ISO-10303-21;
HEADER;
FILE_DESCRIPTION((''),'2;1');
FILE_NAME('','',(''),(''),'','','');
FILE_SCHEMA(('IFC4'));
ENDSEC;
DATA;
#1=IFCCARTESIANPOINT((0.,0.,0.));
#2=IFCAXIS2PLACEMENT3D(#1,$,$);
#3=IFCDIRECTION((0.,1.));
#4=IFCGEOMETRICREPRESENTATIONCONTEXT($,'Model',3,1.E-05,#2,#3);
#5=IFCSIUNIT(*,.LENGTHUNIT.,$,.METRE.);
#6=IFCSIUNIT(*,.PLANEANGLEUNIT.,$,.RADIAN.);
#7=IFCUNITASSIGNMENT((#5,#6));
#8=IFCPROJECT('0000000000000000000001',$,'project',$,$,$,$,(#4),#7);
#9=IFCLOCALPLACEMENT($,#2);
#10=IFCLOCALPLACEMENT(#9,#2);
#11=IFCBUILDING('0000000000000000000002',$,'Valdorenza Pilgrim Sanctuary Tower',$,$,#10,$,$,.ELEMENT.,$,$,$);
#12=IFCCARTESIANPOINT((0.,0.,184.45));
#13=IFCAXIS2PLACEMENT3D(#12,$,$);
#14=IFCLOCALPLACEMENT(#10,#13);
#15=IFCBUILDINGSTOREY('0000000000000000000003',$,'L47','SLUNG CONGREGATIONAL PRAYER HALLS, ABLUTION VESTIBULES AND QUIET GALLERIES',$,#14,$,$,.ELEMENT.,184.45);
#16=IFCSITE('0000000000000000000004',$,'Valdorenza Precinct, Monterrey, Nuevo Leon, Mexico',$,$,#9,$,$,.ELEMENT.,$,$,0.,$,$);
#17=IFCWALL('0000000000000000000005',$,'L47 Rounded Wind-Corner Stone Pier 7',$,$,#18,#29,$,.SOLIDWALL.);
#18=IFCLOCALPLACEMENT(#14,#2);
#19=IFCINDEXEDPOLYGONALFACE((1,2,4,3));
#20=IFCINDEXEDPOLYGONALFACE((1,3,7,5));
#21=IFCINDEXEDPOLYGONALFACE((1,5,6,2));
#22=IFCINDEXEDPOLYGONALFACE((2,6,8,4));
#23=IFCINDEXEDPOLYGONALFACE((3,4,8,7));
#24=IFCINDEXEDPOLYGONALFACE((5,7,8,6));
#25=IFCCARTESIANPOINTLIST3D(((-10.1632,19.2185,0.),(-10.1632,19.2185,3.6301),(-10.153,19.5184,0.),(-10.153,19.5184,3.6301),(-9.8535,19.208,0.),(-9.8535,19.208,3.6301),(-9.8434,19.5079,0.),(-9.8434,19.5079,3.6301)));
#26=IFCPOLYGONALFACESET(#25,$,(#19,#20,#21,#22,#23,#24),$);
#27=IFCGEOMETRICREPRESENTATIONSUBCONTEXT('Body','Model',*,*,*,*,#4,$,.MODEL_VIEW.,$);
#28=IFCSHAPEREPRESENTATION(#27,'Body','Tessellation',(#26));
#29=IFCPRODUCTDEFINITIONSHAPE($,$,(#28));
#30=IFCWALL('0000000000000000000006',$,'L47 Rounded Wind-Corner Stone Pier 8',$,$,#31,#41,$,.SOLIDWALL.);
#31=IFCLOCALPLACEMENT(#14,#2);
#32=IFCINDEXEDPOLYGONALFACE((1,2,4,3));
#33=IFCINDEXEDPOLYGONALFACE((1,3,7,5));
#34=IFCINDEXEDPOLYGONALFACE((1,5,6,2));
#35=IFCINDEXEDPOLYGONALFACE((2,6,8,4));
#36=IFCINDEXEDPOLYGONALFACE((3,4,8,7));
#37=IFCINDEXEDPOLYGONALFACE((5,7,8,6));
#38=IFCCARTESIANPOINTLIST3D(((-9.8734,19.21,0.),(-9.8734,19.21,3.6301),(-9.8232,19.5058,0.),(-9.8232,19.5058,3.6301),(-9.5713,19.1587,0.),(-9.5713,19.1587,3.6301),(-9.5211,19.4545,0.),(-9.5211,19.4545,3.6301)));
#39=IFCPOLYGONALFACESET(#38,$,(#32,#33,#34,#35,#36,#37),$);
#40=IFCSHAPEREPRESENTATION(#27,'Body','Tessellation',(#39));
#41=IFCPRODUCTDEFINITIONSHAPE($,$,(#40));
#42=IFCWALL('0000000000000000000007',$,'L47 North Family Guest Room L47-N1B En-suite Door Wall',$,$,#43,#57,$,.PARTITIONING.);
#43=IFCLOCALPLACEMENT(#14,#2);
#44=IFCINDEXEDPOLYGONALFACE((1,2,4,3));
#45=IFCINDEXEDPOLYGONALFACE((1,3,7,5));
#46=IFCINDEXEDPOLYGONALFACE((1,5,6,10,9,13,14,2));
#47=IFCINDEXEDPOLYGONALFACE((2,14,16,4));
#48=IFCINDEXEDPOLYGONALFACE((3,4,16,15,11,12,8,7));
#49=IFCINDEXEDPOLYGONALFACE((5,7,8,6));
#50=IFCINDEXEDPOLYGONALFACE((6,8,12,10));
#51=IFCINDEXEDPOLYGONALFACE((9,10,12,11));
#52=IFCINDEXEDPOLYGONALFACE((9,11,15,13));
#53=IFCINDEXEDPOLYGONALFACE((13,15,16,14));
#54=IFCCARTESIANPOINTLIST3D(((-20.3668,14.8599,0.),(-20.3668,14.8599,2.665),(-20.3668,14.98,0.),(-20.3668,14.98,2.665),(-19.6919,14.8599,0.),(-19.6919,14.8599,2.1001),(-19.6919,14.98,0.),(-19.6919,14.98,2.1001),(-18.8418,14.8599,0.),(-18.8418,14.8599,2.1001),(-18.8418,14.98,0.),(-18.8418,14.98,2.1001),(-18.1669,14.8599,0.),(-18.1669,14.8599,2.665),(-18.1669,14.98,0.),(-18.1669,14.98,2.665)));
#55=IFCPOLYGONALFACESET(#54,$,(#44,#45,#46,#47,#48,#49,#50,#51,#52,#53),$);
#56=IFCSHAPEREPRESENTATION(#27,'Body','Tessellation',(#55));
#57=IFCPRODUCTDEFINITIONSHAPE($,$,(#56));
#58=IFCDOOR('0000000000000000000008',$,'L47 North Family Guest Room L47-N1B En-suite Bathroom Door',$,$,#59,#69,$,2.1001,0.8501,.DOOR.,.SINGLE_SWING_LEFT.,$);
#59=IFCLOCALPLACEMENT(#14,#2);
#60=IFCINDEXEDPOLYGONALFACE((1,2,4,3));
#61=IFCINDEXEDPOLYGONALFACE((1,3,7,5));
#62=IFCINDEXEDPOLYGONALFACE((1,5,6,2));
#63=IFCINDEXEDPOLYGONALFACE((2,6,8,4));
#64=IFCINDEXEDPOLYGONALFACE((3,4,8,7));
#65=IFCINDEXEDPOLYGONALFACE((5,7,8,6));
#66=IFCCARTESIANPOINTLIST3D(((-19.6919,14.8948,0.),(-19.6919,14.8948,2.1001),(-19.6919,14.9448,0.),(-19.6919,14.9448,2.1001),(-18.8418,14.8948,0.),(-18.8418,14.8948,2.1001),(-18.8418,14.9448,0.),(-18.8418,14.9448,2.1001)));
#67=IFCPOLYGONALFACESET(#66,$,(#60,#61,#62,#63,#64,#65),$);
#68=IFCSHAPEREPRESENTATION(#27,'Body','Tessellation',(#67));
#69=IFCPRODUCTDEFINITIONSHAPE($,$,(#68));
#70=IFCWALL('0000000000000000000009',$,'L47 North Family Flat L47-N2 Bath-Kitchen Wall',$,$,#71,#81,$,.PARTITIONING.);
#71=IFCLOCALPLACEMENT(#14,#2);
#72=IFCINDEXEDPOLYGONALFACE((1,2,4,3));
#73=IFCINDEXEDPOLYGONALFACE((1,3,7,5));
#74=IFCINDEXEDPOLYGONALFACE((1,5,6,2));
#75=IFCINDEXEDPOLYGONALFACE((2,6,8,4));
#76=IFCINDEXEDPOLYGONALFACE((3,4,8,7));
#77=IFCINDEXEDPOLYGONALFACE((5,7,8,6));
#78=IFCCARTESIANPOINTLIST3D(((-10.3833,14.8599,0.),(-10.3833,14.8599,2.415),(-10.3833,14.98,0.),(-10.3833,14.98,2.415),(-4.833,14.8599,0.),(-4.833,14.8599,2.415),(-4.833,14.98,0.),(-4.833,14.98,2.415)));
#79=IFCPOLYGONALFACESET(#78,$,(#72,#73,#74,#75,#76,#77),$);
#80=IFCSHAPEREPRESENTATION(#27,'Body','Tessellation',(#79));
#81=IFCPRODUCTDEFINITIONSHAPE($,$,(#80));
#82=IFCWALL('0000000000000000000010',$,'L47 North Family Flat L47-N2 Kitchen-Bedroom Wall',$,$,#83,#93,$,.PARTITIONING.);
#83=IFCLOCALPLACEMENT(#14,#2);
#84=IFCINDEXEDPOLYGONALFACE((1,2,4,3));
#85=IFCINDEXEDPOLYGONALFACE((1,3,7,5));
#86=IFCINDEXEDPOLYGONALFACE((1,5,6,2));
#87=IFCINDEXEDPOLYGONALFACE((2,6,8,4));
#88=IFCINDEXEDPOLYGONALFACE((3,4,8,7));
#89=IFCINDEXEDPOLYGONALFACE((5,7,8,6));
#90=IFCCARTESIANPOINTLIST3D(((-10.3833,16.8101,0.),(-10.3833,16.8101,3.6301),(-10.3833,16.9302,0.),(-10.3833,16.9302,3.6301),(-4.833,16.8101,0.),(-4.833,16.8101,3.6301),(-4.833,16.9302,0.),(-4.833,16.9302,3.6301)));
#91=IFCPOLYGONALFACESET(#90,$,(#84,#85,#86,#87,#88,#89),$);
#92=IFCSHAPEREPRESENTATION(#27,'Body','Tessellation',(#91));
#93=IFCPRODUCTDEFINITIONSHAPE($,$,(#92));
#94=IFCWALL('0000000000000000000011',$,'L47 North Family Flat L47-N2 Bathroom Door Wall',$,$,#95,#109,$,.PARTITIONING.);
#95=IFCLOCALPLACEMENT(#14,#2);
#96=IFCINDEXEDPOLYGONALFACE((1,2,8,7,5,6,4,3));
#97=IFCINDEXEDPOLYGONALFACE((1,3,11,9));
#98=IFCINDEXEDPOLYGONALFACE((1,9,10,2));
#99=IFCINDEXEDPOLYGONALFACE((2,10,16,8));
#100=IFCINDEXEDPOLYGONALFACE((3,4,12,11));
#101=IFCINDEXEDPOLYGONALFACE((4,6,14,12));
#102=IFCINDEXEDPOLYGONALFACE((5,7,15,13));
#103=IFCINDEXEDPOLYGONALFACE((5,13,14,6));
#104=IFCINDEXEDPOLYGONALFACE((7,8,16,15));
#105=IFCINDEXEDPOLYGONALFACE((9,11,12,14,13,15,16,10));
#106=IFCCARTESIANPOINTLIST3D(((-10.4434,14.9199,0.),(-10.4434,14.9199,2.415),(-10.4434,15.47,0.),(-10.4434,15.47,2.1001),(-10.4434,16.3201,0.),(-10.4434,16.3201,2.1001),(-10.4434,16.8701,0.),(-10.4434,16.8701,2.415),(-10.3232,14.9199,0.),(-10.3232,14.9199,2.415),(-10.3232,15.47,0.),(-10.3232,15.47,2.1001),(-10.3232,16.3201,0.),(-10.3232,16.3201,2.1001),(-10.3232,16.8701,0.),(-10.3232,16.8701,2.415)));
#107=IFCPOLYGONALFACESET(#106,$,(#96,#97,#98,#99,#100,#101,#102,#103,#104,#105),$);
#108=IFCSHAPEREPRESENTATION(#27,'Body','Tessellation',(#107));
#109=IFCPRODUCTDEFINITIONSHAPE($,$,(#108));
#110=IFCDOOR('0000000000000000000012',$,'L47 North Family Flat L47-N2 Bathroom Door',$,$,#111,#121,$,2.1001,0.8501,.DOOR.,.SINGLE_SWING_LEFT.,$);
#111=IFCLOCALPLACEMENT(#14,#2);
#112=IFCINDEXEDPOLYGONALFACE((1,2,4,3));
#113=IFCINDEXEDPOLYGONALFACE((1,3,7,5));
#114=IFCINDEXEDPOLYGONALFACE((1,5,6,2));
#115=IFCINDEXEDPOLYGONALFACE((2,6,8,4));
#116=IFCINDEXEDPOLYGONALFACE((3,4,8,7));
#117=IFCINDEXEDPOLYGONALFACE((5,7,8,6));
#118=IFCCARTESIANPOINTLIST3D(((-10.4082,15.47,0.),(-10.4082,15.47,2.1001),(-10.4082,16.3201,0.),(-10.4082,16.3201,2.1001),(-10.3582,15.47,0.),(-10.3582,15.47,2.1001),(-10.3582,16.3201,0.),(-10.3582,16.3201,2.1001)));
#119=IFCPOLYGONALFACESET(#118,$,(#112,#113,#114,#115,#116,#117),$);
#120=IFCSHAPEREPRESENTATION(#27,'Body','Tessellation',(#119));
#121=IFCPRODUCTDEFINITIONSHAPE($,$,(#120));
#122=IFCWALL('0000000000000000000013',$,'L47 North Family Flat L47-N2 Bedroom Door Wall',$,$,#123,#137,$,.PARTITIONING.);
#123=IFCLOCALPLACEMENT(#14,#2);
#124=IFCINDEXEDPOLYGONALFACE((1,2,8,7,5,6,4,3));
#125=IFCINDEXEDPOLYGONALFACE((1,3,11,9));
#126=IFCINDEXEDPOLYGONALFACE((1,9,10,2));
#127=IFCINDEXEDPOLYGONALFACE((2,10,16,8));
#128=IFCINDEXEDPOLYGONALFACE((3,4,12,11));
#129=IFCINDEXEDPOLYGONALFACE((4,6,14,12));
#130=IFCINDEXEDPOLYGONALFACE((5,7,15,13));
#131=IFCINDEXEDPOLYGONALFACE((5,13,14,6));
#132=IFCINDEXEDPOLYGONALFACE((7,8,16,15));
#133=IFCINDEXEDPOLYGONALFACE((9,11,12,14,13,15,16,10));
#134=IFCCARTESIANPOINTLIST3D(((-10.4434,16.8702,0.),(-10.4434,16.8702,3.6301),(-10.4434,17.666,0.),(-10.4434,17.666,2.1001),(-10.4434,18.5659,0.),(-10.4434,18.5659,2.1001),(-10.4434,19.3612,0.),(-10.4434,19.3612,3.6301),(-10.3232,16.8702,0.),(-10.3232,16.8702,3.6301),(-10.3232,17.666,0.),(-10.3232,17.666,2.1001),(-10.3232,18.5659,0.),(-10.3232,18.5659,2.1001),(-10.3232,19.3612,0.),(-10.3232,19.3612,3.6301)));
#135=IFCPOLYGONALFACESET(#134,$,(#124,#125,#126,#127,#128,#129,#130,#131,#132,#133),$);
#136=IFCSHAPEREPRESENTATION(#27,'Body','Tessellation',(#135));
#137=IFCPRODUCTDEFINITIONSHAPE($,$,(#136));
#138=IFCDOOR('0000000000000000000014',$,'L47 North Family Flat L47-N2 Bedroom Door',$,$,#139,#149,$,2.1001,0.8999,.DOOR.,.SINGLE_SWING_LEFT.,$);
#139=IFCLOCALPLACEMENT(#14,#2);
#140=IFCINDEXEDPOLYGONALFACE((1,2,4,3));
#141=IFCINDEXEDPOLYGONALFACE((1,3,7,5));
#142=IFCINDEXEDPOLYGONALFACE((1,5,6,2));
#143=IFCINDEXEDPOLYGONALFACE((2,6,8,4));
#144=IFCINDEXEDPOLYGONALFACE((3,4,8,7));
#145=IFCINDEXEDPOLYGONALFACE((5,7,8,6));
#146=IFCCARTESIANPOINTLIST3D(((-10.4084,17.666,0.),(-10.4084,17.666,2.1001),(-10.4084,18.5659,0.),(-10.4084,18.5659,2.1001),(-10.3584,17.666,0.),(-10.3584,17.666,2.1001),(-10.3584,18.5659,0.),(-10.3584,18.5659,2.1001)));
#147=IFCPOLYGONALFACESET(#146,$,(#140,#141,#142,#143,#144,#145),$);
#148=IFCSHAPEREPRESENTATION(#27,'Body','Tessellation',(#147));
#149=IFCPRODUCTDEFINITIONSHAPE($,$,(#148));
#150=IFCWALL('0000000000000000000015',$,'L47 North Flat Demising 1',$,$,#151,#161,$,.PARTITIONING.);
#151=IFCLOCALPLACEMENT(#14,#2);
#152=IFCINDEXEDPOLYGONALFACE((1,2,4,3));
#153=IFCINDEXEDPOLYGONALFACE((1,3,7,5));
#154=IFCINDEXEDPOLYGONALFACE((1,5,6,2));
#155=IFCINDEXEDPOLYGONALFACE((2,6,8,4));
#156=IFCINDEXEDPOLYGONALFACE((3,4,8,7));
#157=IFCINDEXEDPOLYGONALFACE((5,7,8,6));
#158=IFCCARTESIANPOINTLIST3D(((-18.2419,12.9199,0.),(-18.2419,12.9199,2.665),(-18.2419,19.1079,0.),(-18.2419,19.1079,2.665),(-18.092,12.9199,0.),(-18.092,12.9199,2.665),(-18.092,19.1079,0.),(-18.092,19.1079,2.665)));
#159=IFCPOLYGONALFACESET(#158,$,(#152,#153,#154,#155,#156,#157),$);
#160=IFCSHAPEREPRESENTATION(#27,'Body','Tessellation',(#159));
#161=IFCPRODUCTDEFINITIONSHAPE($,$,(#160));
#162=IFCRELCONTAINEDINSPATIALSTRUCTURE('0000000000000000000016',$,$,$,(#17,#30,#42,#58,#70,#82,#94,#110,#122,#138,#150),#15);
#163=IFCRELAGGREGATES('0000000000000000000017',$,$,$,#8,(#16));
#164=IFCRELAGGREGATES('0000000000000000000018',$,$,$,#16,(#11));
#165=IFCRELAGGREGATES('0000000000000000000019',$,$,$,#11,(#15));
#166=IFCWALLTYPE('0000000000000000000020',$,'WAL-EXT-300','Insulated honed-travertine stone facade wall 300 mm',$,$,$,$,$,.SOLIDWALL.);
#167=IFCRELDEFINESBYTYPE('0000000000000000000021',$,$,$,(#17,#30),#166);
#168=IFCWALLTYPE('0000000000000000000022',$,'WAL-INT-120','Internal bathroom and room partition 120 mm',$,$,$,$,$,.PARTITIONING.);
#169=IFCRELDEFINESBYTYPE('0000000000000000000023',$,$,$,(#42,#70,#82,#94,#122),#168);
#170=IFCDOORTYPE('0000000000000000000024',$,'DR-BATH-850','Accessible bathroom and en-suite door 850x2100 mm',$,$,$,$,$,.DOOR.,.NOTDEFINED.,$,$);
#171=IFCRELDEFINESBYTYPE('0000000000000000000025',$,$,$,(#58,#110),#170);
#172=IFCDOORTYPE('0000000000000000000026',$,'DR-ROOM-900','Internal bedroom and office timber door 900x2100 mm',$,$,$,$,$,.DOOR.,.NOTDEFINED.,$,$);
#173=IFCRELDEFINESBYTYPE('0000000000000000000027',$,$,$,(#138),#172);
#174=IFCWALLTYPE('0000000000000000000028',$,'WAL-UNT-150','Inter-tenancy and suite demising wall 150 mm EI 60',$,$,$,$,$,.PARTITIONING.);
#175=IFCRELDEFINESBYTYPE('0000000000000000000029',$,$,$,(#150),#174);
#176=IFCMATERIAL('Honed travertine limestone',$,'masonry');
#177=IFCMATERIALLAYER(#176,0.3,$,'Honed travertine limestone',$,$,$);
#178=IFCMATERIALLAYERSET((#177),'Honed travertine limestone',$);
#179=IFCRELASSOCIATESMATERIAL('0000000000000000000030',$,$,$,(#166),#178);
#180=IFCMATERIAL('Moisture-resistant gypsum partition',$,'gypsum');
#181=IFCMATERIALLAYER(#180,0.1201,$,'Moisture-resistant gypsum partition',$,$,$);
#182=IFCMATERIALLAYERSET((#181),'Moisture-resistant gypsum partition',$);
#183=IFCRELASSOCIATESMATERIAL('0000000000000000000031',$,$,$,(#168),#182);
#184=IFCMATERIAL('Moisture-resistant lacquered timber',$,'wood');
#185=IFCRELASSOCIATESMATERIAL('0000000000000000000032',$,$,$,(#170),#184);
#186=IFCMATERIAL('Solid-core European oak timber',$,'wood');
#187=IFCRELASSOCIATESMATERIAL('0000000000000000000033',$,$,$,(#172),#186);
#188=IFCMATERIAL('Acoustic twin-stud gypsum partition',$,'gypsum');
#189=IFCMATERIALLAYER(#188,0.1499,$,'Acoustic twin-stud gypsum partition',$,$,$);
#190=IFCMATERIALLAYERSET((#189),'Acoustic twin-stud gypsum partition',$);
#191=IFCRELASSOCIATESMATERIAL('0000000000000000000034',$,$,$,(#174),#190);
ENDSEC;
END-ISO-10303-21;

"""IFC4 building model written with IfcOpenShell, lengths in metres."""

from ifc_helpers import new_model, si_unit, direction, frame, frame_2d, origin, place, context, subcontext, project, spatial, rectangle, extrude, material, layer, layer_set, type_object, element, fill, save


model = new_model("IFC4")

# Units and contexts
model_context = context("Model", 3, precision=1e-05, world=origin(), true_north=direction((0.0, 1.0)))
body_context = subcontext(model_context, "Body", "Model", "MODEL_VIEW")
ifc_project = project(units=[si_unit("LENGTHUNIT", "METRE"), si_unit("PLANEANGLEUNIT", "RADIAN")], contexts=[model_context])

# Site, building, storey
site_placement = place(None, origin())
site = spatial("IfcSite", under=ifc_project, at=site_placement, Name="Valdorenza Precinct, Monterrey, Nuevo Leon, Mexico", CompositionType="ELEMENT", RefElevation=0.0)
building_placement = place(site_placement, origin())
building = spatial("IfcBuilding", under=site, at=building_placement, Name="Valdorenza Pilgrim Sanctuary Tower", CompositionType="ELEMENT")
storey_placement = place(building_placement, frame((0.0, 0.0, 184.45)))
storey = spatial("IfcBuildingStorey", under=building, at=storey_placement, Name="L47", Description="SLUNG CONGREGATIONAL PRAYER HALLS, ABLUTION VESTIBULES AND QUIET GALLERIES", CompositionType="ELEMENT", Elevation=184.45)

# Shared definitions
ifc_material_1 = material(Name="Honed travertine limestone", Category="masonry")

# Walls
ifc_layer_1 = layer(ifc_material_1, 0.3, Name="Honed travertine limestone")
ifc_layer_set_1 = layer_set([ifc_layer_1], Name="Honed travertine limestone")
wall_type_1 = type_object("IfcWallType", Name="WAL-EXT-300", Description="Insulated honed-travertine stone facade wall 300 mm", PredefinedType="SOLIDWALL", material=ifc_layer_set_1)
wall_1_placement = place(storey_placement, frame((-10.158, 19.3684, 0.0), z_axis=(0.0, 0.0, 1.0), x_axis=(0.999425, -0.033892, 0.0)))
element("IfcWall", 1, at=wall_1_placement, inside=storey, type_object=wall_type_1, Name="L47 Rounded Wind-Corner Stone Pier 7", PredefinedType="SOLIDWALL", context=body_context, shape_type="SweptSolid", body=[
    extrude(rectangle(XDim=0.3098, YDim=0.3, at=frame_2d((0.1548, 0.0))), origin(), (0.0, 0.0, 1.0), 3.6301),
])
wall_2_placement = place(storey_placement, frame((-9.8484, 19.3579, 0.0), z_axis=(0.0, 0.0, 1.0), x_axis=(0.985894, -0.167371, 0.0)))
element("IfcWall", 2, at=wall_2_placement, inside=storey, type_object=wall_type_1, Name="L47 Rounded Wind-Corner Stone Pier 8", PredefinedType="SOLIDWALL", context=body_context, shape_type="SweptSolid", body=[
    extrude(rectangle(XDim=0.3064, YDim=0.3, at=frame_2d((0.1533, 0.0))), origin(), (0.0, 0.0, 1.0), 3.6301),
])

# Wall, opening, door
ifc_material_2 = material(Name="Moisture-resistant gypsum partition", Category="gypsum")
ifc_layer_2 = layer(ifc_material_2, 0.1201, Name="Moisture-resistant gypsum partition")
ifc_layer_set_2 = layer_set([ifc_layer_2], Name="Moisture-resistant gypsum partition")
wall_type_2 = type_object("IfcWallType", Name="WAL-INT-120", Description="Internal bathroom and room partition 120 mm", PredefinedType="PARTITIONING", material=ifc_layer_set_2)
wall_3_placement = place(storey_placement, frame((-20.3669, 14.9199, 0.0), z_axis=(0.0, 0.0, 1.0), x_axis=(1.0, 0.0, 0.0)))
wall_3 = element("IfcWall", 3, at=wall_3_placement, inside=storey, type_object=wall_type_2, Name="L47 North Family Guest Room L47-N1B En-suite Door Wall", PredefinedType="PARTITIONING", context=body_context, shape_type="SweptSolid", body=[
    extrude(rectangle(XDim=2.2, YDim=0.1201, at=frame_2d((1.1001, 0.0))), origin(), (0.0, 0.0, 1.0), 2.665),
])
opening_1_placement = place(wall_3_placement, frame((0.675, 0.0, 0.0)))
opening_1 = element("IfcOpeningElement", 4, at=opening_1_placement, cuts=wall_3, PredefinedType="OPENING", context=body_context, shape_type="SweptSolid", body=[
    extrude(rectangle(XDim=0.8501, YDim=2.1001, at=frame_2d((0.425, 1.05))), frame((0.0, 0.075, 0.0), z_axis=(0.0, -1.0, 0.0), x_axis=(1.0, 0.0, 0.0)), (0.0, 0.0, 1.0), 0.1499),
])
ifc_material_3 = material(Name="Moisture-resistant lacquered timber", Category="wood")
door_type_1 = type_object("IfcDoorType", Name="DR-BATH-850", Description="Accessible bathroom and en-suite door 850x2100 mm", OperationType="NOTDEFINED", PredefinedType="DOOR", material=ifc_material_3)
door_1_placement = place(opening_1_placement, origin())
door_1 = element("IfcDoor", 5, at=door_1_placement, inside=storey, type_object=door_type_1, Name="L47 North Family Guest Room L47-N1B En-suite Bathroom Door", OperationType="SINGLE_SWING_LEFT", OverallHeight=2.1001, OverallWidth=0.8501, PredefinedType="DOOR", context=body_context, shape_type="SweptSolid", body=[
    extrude(rectangle(XDim=0.8501, YDim=2.1001, at=frame_2d((0.425, 1.05))), frame((0.0, 0.0249, 0.0), z_axis=(0.0, -1.0, 0.0), x_axis=(1.0, 0.0, 0.0)), (0.0, 0.0, 1.0), 0.05),
])
fill(opening_1, door_1)

# Walls
wall_4_placement = place(storey_placement, frame((-10.3833, 14.9199, 0.0), z_axis=(0.0, 0.0, 1.0), x_axis=(1.0, 0.0, 0.0)))
element("IfcWall", 6, at=wall_4_placement, inside=storey, type_object=wall_type_2, Name="L47 North Family Flat L47-N2 Bath-Kitchen Wall", PredefinedType="PARTITIONING", context=body_context, shape_type="SweptSolid", body=[
    extrude(rectangle(XDim=5.5503, YDim=0.1201, at=frame_2d((2.7751, 0.0))), origin(), (0.0, 0.0, 1.0), 2.415),
])
wall_5_placement = place(storey_placement, frame((-10.3833, 16.8701, 0.0), z_axis=(0.0, 0.0, 1.0), x_axis=(1.0, 0.0, 0.0)))
element("IfcWall", 7, at=wall_5_placement, inside=storey, type_object=wall_type_2, Name="L47 North Family Flat L47-N2 Kitchen-Bedroom Wall", PredefinedType="PARTITIONING", context=body_context, shape_type="SweptSolid", body=[
    extrude(rectangle(XDim=5.5503, YDim=0.1201, at=frame_2d((2.7751, 0.0))), origin(), (0.0, 0.0, 1.0), 3.6301),
])

# Walls, openings, doors
wall_6_placement = place(storey_placement, frame((-10.3833, 14.9199, 0.0), z_axis=(0.0, 0.0, 1.0), x_axis=(0.0, 1.0, 0.0)))
wall_6 = element("IfcWall", 8, at=wall_6_placement, inside=storey, type_object=wall_type_2, Name="L47 North Family Flat L47-N2 Bathroom Door Wall", PredefinedType="PARTITIONING", context=body_context, shape_type="SweptSolid", body=[
    extrude(rectangle(XDim=1.9502, YDim=0.1201, at=frame_2d((0.9751, 0.0))), origin(), (0.0, 0.0, 1.0), 2.415),
])
opening_2_placement = place(wall_6_placement, frame((0.55, 0.0, 0.0)))
opening_2 = element("IfcOpeningElement", 9, at=opening_2_placement, cuts=wall_6, PredefinedType="OPENING", context=body_context, shape_type="SweptSolid", body=[
    extrude(rectangle(XDim=0.8501, YDim=2.1001, at=frame_2d((0.425, 1.05))), frame((0.0, 0.075, 0.0), z_axis=(0.0, -1.0, 0.0), x_axis=(1.0, 0.0, 0.0)), (0.0, 0.0, 1.0), 0.1499),
])
door_2_placement = place(opening_2_placement, origin())
door_2 = element("IfcDoor", 10, at=door_2_placement, inside=storey, type_object=door_type_1, Name="L47 North Family Flat L47-N2 Bathroom Door", OperationType="SINGLE_SWING_LEFT", OverallHeight=2.1001, OverallWidth=0.8501, PredefinedType="DOOR", context=body_context, shape_type="SweptSolid", body=[
    extrude(rectangle(XDim=0.8501, YDim=2.1001, at=frame_2d((0.425, 1.05))), frame((0.0, 0.0249, 0.0), z_axis=(0.0, -1.0, 0.0), x_axis=(1.0, 0.0, 0.0)), (0.0, 0.0, 1.0), 0.05),
])
fill(opening_2, door_2)
wall_7_placement = place(storey_placement, frame((-10.3833, 16.8701, 0.0), z_axis=(0.0, 0.0, 1.0), x_axis=(0.0, 1.0, 0.0)))
wall_7 = element("IfcWall", 11, at=wall_7_placement, inside=storey, type_object=wall_type_2, Name="L47 North Family Flat L47-N2 Bedroom Door Wall", PredefinedType="PARTITIONING", context=body_context, shape_type="SweptSolid", body=[
    extrude(rectangle(XDim=2.491, YDim=0.1201, at=frame_2d((1.2456, 0.0))), origin(), (0.0, 0.0, 1.0), 3.6301),
])
opening_3_placement = place(wall_7_placement, frame((0.7959, 0.0, 0.0)))
opening_3 = element("IfcOpeningElement", 12, at=opening_3_placement, cuts=wall_7, PredefinedType="OPENING", context=body_context, shape_type="SweptSolid", body=[
    extrude(rectangle(XDim=0.8999, YDim=2.1001, at=frame_2d((0.45, 1.05))), frame((0.0, 0.075, 0.0), z_axis=(0.0, -1.0, 0.0), x_axis=(1.0, 0.0, 0.0)), (0.0, 0.0, 1.0), 0.1499),
])
ifc_material_4 = material(Name="Solid-core European oak timber", Category="wood")
door_type_2 = type_object("IfcDoorType", Name="DR-ROOM-900", Description="Internal bedroom and office timber door 900x2100 mm", OperationType="NOTDEFINED", PredefinedType="DOOR", material=ifc_material_4)
door_3_placement = place(opening_3_placement, frame((0.8999, 0.0, 0.0), z_axis=(0.0, 0.0, 1.0), x_axis=(-1.0, 0.0, 0.0)))
door_3 = element("IfcDoor", 13, at=door_3_placement, inside=storey, type_object=door_type_2, Name="L47 North Family Flat L47-N2 Bedroom Door", OperationType="SINGLE_SWING_LEFT", OverallHeight=2.1001, OverallWidth=0.8999, PredefinedType="DOOR", context=body_context, shape_type="SweptSolid", body=[
    extrude(rectangle(XDim=0.8999, YDim=2.1001, at=frame_2d((0.45, 1.05))), frame((0.0, 0.0249, 0.0), z_axis=(0.0, -1.0, 0.0), x_axis=(1.0, 0.0, 0.0)), (0.0, 0.0, 1.0), 0.05),
])
fill(opening_3, door_3)

# Wall
ifc_material_5 = material(Name="Acoustic twin-stud gypsum partition", Category="gypsum")
ifc_layer_3 = layer(ifc_material_5, 0.1499, Name="Acoustic twin-stud gypsum partition")
ifc_layer_set_3 = layer_set([ifc_layer_3], Name="Acoustic twin-stud gypsum partition")
wall_type_3 = type_object("IfcWallType", Name="WAL-UNT-150", Description="Inter-tenancy and suite demising wall 150 mm EI 60", PredefinedType="PARTITIONING", material=ifc_layer_set_3)
wall_8_placement = place(storey_placement, frame((-18.167, 12.9199, 0.0), z_axis=(0.0, 0.0, 1.0), x_axis=(0.0, 1.0, 0.0)))
element("IfcWall", 14, at=wall_8_placement, inside=storey, type_object=wall_type_3, Name="L47 North Flat Demising 1", PredefinedType="PARTITIONING", context=body_context, shape_type="SweptSolid", body=[
    extrude(rectangle(XDim=6.188, YDim=0.1499, at=frame_2d((3.094, 0.0))), origin(), (0.0, 0.0, 1.0), 2.665),
])

save(model, "model.ifc")
